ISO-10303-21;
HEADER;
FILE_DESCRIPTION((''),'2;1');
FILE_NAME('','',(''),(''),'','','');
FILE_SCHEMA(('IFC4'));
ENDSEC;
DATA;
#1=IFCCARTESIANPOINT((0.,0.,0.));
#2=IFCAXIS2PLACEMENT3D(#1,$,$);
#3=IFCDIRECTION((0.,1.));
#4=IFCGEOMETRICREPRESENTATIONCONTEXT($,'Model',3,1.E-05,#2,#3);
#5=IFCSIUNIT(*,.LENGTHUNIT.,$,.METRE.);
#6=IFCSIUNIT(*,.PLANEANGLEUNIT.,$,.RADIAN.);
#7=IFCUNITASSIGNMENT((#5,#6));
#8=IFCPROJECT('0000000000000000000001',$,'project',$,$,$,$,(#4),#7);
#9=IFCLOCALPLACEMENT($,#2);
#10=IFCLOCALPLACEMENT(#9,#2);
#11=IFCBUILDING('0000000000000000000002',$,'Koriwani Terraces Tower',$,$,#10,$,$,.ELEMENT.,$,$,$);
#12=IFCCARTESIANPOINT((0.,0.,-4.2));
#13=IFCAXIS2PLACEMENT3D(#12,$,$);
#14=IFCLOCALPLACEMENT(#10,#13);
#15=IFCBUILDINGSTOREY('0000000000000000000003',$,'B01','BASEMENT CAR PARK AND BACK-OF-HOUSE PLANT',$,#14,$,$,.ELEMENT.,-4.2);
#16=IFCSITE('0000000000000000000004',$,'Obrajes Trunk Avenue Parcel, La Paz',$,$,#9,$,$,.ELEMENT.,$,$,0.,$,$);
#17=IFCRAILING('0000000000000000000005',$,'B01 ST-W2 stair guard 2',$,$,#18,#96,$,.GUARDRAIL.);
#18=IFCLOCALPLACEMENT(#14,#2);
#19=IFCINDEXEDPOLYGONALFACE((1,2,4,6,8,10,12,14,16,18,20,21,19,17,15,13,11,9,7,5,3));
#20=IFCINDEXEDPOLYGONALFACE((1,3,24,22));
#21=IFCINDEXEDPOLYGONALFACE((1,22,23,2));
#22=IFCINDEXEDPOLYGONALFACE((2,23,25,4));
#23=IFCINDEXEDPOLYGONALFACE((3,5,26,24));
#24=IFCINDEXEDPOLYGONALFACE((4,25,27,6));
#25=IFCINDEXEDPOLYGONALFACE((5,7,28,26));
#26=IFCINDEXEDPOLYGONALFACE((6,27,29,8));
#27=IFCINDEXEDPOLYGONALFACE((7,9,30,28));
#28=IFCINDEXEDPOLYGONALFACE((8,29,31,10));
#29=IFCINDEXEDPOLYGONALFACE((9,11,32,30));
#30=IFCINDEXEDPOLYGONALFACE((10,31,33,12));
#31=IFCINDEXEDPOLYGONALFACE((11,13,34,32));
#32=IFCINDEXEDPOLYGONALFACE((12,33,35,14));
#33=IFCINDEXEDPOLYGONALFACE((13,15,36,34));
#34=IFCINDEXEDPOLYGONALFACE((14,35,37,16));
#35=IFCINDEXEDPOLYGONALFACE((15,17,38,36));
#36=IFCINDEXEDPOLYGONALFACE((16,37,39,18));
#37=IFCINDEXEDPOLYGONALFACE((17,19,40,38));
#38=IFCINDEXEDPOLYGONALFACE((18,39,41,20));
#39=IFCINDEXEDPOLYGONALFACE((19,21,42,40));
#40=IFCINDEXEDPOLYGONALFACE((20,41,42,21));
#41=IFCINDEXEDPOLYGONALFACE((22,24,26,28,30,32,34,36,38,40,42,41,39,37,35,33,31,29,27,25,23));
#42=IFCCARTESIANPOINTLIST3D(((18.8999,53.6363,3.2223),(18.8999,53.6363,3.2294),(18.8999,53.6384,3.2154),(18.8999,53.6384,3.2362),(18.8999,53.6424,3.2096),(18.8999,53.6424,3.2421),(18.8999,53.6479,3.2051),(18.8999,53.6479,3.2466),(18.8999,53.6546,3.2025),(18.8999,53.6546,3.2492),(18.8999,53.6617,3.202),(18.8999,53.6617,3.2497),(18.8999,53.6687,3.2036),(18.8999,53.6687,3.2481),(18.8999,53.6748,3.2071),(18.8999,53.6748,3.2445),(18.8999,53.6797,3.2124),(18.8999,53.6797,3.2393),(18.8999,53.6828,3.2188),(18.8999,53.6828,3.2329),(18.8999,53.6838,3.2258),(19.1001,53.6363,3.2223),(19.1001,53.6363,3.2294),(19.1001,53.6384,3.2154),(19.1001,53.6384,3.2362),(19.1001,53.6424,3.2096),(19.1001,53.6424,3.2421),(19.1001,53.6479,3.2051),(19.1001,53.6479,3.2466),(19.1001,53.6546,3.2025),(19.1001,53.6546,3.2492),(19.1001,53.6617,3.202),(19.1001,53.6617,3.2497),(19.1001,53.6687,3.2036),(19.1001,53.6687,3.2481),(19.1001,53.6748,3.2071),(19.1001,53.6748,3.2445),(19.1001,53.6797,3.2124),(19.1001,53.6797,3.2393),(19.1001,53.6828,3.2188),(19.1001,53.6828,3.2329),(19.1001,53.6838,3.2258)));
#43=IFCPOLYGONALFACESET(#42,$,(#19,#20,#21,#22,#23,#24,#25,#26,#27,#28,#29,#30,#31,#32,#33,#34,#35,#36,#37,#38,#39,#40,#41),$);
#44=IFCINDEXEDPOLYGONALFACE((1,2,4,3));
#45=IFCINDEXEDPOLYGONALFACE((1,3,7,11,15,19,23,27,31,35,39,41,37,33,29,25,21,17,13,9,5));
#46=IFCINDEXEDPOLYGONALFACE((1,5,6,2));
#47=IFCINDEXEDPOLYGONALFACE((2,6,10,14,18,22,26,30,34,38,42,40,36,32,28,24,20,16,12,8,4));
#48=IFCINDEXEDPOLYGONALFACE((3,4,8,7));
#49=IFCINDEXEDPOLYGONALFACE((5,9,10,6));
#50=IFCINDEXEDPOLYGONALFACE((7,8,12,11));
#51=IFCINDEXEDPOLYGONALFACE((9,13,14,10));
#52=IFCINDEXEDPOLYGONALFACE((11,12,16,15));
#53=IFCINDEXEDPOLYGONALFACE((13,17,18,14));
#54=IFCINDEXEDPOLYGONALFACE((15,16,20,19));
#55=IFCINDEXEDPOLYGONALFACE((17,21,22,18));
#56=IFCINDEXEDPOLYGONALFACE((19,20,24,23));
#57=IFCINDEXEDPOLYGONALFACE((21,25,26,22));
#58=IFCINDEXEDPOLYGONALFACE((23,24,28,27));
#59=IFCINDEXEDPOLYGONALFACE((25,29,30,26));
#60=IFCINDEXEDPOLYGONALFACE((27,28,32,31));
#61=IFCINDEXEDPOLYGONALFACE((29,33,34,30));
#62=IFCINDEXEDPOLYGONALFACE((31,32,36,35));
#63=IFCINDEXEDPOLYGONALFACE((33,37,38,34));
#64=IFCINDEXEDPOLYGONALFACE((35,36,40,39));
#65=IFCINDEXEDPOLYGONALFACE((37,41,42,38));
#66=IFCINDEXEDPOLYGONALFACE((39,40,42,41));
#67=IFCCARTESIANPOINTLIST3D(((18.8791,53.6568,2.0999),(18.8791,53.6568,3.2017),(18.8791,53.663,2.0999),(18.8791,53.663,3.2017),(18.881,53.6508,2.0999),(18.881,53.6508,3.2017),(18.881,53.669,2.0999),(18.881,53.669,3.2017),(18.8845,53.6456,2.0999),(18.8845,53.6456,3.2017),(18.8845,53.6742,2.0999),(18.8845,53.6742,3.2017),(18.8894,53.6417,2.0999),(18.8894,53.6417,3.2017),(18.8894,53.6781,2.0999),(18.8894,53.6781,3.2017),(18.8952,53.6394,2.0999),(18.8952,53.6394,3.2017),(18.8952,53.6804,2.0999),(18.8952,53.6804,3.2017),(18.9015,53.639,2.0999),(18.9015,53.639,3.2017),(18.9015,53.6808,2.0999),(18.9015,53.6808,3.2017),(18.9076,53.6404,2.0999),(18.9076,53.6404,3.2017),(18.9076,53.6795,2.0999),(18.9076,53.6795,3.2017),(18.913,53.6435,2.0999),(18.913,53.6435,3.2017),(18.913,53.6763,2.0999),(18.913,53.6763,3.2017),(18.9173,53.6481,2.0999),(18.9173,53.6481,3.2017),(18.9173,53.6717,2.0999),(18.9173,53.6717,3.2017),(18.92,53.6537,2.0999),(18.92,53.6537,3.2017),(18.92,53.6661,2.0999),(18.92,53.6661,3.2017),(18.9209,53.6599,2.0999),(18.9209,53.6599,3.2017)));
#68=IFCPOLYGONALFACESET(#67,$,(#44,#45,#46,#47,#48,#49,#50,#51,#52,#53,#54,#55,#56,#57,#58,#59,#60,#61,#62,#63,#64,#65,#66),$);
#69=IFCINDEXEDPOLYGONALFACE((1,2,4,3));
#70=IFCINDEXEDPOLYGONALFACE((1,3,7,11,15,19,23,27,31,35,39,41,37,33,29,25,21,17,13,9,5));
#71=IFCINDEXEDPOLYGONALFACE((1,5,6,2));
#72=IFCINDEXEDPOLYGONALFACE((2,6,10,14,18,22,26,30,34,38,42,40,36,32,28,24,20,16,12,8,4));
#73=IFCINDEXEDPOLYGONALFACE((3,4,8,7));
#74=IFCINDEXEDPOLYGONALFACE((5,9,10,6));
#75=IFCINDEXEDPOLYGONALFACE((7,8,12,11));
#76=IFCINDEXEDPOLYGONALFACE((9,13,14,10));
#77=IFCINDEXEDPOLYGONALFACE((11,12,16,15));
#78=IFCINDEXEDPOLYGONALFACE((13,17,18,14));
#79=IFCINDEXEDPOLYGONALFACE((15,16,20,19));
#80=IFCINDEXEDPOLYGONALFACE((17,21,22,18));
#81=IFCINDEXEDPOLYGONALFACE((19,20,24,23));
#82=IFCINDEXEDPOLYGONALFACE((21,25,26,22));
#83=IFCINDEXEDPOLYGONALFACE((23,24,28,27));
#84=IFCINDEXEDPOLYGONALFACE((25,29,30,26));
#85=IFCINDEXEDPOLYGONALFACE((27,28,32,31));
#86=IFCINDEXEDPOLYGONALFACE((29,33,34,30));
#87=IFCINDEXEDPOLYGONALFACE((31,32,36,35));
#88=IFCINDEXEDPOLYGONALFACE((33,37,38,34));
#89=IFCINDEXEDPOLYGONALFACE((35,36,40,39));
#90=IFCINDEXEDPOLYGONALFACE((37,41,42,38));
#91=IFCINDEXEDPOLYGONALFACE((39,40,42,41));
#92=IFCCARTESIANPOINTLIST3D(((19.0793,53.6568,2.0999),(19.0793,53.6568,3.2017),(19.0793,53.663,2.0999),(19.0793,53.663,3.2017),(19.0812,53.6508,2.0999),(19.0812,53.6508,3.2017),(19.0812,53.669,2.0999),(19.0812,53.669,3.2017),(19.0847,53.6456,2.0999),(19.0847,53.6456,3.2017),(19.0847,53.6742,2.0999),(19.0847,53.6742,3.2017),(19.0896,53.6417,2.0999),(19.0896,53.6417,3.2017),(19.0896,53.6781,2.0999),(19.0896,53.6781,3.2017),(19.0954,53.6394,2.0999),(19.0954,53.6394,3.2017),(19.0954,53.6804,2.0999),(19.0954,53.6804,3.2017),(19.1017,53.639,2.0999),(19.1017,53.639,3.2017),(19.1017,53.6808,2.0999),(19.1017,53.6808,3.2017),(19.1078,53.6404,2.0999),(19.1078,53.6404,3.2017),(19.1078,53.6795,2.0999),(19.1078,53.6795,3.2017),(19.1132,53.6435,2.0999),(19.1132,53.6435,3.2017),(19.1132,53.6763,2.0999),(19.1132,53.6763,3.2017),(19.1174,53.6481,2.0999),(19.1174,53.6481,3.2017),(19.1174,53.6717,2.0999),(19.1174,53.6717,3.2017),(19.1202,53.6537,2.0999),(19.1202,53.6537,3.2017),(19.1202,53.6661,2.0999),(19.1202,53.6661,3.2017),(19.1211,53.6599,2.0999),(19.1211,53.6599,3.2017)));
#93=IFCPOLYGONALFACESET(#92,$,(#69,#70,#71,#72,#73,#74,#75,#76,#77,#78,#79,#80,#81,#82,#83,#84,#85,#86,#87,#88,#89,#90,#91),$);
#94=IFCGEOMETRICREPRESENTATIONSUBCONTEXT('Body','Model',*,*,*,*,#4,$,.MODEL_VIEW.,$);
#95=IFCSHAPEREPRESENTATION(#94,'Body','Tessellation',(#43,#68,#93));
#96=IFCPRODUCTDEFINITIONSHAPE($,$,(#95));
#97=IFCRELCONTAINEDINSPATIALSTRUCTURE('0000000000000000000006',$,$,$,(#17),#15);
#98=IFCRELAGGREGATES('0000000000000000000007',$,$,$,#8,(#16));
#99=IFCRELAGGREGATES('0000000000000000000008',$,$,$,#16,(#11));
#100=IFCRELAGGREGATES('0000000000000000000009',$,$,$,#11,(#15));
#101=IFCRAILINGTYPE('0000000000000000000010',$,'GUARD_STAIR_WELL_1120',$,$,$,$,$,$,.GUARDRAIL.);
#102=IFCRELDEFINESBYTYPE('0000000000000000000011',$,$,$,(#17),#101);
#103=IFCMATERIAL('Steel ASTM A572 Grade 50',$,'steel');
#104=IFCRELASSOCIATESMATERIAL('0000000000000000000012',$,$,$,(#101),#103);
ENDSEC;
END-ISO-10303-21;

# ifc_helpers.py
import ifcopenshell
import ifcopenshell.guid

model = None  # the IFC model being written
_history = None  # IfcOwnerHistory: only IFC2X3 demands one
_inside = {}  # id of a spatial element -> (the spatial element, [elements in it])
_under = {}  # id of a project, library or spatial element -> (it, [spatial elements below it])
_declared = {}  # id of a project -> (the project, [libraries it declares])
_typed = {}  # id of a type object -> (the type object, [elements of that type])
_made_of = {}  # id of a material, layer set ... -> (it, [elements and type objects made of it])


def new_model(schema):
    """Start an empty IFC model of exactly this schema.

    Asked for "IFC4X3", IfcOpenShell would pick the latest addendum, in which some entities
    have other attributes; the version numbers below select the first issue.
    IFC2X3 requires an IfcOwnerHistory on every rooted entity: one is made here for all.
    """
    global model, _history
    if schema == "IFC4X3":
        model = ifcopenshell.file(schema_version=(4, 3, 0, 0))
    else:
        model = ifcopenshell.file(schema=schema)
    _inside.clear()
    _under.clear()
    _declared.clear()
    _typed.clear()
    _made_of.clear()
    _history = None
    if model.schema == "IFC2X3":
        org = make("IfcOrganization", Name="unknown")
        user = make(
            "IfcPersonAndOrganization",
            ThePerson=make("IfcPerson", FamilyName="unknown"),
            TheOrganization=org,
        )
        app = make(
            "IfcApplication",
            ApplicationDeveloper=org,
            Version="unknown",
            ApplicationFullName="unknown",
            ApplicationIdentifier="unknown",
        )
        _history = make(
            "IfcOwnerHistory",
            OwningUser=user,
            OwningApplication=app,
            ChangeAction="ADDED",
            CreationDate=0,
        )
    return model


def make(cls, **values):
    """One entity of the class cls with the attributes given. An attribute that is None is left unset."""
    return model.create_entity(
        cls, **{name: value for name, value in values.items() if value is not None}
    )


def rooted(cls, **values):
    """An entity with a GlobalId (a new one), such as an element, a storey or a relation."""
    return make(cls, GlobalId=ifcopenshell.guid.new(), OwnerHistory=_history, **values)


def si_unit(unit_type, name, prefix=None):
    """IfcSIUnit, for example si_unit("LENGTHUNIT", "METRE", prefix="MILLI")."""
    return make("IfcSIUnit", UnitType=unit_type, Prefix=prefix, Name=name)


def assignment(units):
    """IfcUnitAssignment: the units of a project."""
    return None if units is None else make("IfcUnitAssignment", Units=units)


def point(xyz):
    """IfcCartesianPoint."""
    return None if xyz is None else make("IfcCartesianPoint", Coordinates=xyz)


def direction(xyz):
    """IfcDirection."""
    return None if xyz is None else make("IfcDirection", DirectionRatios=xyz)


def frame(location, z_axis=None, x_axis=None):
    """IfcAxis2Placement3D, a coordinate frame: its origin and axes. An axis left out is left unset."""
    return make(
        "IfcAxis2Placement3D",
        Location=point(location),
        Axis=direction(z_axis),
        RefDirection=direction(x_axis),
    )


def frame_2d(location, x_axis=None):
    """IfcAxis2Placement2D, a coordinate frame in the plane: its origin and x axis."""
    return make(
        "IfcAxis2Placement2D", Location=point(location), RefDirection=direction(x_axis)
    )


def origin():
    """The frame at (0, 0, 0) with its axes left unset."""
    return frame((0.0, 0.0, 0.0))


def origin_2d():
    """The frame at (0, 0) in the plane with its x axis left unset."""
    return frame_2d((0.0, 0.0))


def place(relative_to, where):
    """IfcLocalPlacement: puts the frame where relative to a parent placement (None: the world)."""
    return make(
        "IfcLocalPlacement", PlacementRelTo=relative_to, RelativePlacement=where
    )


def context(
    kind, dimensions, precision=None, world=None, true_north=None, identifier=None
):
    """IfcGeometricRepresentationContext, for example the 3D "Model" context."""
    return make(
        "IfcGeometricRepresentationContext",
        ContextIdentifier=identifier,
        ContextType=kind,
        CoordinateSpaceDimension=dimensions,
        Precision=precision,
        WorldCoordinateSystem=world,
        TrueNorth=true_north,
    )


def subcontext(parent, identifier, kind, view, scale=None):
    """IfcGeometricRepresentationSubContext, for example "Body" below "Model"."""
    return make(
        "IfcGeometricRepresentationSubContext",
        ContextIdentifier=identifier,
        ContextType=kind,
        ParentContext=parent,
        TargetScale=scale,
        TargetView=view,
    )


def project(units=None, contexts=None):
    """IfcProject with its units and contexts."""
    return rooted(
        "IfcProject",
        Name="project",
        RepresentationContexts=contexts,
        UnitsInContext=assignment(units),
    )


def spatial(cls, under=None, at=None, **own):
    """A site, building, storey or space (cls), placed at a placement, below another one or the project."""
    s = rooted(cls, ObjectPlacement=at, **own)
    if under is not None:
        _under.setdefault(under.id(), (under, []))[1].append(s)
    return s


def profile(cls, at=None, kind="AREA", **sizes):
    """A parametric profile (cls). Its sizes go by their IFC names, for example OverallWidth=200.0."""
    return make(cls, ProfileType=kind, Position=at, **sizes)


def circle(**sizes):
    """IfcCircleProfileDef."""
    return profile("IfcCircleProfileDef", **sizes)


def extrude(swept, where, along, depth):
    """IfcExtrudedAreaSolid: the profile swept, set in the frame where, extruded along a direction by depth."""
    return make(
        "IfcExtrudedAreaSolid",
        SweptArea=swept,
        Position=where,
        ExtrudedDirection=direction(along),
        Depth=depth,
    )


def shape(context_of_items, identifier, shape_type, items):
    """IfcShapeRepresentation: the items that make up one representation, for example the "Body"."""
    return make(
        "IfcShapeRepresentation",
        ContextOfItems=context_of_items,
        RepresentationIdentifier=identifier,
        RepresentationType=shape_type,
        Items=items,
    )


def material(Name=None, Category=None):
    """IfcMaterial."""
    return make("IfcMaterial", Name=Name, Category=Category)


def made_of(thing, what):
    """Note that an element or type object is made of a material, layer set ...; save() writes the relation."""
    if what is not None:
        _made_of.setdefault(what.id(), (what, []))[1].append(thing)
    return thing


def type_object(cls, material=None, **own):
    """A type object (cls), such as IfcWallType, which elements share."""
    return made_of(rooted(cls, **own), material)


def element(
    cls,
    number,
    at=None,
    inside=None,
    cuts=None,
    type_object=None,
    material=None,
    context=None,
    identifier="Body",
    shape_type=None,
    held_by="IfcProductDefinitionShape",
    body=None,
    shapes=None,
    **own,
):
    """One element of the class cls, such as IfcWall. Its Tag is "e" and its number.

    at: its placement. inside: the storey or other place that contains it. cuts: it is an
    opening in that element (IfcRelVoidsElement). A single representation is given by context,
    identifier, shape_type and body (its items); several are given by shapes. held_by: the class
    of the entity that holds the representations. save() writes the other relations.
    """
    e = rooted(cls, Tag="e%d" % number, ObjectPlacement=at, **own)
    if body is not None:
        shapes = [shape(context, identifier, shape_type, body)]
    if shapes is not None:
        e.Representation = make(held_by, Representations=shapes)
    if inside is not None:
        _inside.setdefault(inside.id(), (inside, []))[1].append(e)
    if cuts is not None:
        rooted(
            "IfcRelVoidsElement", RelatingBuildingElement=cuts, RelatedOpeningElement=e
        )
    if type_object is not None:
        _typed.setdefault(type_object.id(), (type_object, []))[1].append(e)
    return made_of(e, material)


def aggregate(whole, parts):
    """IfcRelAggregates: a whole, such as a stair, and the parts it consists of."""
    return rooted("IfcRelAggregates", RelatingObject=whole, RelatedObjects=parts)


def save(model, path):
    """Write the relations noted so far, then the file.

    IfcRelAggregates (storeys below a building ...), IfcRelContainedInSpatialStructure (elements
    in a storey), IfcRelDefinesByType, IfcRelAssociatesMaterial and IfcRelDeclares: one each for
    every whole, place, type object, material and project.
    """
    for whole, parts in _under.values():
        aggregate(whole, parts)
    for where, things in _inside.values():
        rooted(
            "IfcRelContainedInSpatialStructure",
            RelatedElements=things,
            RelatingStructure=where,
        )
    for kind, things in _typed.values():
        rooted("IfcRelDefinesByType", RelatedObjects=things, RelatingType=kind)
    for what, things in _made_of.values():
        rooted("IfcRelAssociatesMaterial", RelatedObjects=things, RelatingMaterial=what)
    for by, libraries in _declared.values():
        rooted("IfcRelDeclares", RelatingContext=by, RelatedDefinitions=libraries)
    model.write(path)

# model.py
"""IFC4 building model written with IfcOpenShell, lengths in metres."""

from ifc_helpers import new_model, si_unit, direction, frame, origin, origin_2d, place, context, subcontext, project, spatial, circle, extrude, material, type_object, element, save


model = new_model("IFC4")

# Units and contexts
model_context = context("Model", 3, precision=1e-05, world=origin(), true_north=direction((0.0, 1.0)))
body_context = subcontext(model_context, "Body", "Model", "MODEL_VIEW")
ifc_project = project(units=[si_unit("LENGTHUNIT", "METRE"), si_unit("PLANEANGLEUNIT", "RADIAN")], contexts=[model_context])

# Site, building, storey
site_placement = place(None, origin())
site = spatial("IfcSite", under=ifc_project, at=site_placement, Name="Obrajes Trunk Avenue Parcel, La Paz", CompositionType="ELEMENT", RefElevation=0.0)
building_placement = place(site_placement, origin())
building = spatial("IfcBuilding", under=site, at=building_placement, Name="Koriwani Terraces Tower", CompositionType="ELEMENT")
storey_placement = place(building_placement, frame((0.0, 0.0, -4.2)))
storey = spatial("IfcBuildingStorey", under=building, at=storey_placement, Name="B01", Description="BASEMENT CAR PARK AND BACK-OF-HOUSE PLANT", CompositionType="ELEMENT", Elevation=-4.2)

# Shared definitions
ifc_material_1 = material(Name="Steel ASTM A572 Grade 50", Category="steel")

# Railing
railing_type_1 = type_object("IfcRailingType", Name="GUARD_STAIR_WELL_1120", PredefinedType="GUARDRAIL", material=ifc_material_1)
railing_1_placement = place(storey_placement, frame((18.8999, 53.6599, 2.0999)))
element("IfcRailing", 1, at=railing_1_placement, inside=storey, type_object=railing_type_1, Name="B01 ST-W2 stair guard 2", PredefinedType="GUARDRAIL", context=body_context, shape_type="SweptSolid", body=[
    extrude(circle(Radius=0.0239, at=origin_2d()), frame((0.0, 0.0, 1.126), z_axis=(1.0, 0.0, 0.0), x_axis=(0.0, 1.0, 0.0)), (0.0, 0.0, 1.0), 0.2002),
    extrude(circle(Radius=0.021, at=origin_2d()), origin(), (0.0, 0.0, 1.0), 1.1018),
    extrude(circle(Radius=0.021, at=origin_2d()), frame((0.2002, 0.0, 0.0)), (0.0, 0.0, 1.0), 1.1018),
])

save(model, "model.ifc")
